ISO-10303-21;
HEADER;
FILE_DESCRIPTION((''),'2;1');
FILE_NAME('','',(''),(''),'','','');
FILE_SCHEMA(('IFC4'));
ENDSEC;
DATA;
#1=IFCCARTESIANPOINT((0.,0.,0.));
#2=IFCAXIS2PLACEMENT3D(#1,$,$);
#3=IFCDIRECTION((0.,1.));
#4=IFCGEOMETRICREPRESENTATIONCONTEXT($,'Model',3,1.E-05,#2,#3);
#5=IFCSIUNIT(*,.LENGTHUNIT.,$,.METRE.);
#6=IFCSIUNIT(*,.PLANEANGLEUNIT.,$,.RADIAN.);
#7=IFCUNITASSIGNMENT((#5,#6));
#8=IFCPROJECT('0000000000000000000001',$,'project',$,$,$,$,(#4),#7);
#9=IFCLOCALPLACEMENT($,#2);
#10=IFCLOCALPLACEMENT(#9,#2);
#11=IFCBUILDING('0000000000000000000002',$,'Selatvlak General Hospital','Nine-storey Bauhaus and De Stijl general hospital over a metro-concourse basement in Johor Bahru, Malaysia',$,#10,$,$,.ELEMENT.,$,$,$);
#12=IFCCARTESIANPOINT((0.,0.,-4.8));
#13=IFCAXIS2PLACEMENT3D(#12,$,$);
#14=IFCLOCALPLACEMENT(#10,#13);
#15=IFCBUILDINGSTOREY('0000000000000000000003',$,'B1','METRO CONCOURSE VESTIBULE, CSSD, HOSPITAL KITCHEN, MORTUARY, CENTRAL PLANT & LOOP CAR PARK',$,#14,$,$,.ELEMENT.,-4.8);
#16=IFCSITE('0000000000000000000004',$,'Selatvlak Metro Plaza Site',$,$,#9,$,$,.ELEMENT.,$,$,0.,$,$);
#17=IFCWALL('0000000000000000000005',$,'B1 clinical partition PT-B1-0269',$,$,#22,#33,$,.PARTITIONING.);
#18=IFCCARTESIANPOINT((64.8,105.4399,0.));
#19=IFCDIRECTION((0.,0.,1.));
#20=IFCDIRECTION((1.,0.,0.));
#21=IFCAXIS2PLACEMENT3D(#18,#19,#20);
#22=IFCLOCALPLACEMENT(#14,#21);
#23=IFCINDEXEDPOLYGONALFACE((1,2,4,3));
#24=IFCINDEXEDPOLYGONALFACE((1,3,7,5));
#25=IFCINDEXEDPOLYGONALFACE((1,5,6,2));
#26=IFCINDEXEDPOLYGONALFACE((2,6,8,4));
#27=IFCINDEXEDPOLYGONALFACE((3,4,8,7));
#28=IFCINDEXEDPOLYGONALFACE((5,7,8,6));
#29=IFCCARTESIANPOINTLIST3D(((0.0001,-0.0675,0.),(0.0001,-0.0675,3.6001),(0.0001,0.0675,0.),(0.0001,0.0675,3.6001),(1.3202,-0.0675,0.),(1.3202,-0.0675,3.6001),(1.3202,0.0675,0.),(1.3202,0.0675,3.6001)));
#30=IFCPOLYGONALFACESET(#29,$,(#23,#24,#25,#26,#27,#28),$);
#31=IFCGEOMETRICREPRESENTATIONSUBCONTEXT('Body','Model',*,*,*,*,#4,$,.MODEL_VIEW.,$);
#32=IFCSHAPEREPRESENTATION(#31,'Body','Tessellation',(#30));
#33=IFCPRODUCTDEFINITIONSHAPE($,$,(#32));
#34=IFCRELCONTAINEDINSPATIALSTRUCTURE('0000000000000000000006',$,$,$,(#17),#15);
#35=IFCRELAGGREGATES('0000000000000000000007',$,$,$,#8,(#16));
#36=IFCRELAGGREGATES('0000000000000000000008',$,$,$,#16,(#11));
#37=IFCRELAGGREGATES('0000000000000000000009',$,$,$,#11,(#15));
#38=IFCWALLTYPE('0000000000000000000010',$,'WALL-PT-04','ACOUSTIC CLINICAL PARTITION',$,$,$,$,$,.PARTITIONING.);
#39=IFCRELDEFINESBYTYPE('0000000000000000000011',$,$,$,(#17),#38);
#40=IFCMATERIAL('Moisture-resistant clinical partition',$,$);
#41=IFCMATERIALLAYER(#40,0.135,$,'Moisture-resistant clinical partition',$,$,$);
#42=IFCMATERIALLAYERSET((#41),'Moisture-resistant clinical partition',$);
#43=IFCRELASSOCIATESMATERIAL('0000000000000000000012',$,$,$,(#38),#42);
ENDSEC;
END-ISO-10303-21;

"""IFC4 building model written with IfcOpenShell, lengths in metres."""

from ifc_helpers import new_model, si_unit, direction, frame, frame_2d, origin, place, context, subcontext, project, spatial, rectangle, extrude, material, layer, layer_set, type_object, element, save


model = new_model("IFC4")

# Units and contexts
model_context = context("Model", 3, precision=1e-05, world=origin(), true_north=direction((0.0, 1.0)))
body_context = subcontext(model_context, "Body", "Model", "MODEL_VIEW")
ifc_project = project(units=[si_unit("LENGTHUNIT", "METRE"), si_unit("PLANEANGLEUNIT", "RADIAN")], contexts=[model_context])

# Site, building, storey
site_placement = place(None, origin())
site = spatial("IfcSite", under=ifc_project, at=site_placement, Name="Selatvlak Metro Plaza Site", CompositionType="ELEMENT", RefElevation=0.0)
building_placement = place(site_placement, origin())
building = spatial("IfcBuilding", under=site, at=building_placement, Name="Selatvlak General Hospital", Description="Nine-storey Bauhaus and De Stijl general hospital over a metro-concourse basement in Johor Bahru, Malaysia", CompositionType="ELEMENT")
storey_placement = place(building_placement, frame((0.0, 0.0, -4.8)))
storey = spatial("IfcBuildingStorey", under=building, at=storey_placement, Name="B1", Description="METRO CONCOURSE VESTIBULE, CSSD, HOSPITAL KITCHEN, MORTUARY, CENTRAL PLANT & LOOP CAR PARK", CompositionType="ELEMENT", Elevation=-4.8)

# Wall
ifc_material_1 = material(Name="Moisture-resistant clinical partition")
ifc_layer_1 = layer(ifc_material_1, 0.135, Name="Moisture-resistant clinical partition")
ifc_layer_set_1 = layer_set([ifc_layer_1], Name="Moisture-resistant clinical partition")
wall_type_1 = type_object("IfcWallType", Name="WALL-PT-04", Description="ACOUSTIC CLINICAL PARTITION", PredefinedType="PARTITIONING", material=ifc_layer_set_1)
wall_1_placement = place(storey_placement, frame((64.8, 105.4399, 0.0), z_axis=(0.0, 0.0, 1.0), x_axis=(1.0, 0.0, 0.0)))
element("IfcWall", 1, at=wall_1_placement, inside=storey, type_object=wall_type_1, Name="B1 clinical partition PT-B1-0269", PredefinedType="PARTITIONING", context=body_context, shape_type="SweptSolid", body=[
    extrude(rectangle(XDim=1.3201, YDim=0.135, at=frame_2d((0.6602, 0.0))), origin(), (0.0, 0.0, 1.0), 3.6001),
])

save(model, "model.ifc")
